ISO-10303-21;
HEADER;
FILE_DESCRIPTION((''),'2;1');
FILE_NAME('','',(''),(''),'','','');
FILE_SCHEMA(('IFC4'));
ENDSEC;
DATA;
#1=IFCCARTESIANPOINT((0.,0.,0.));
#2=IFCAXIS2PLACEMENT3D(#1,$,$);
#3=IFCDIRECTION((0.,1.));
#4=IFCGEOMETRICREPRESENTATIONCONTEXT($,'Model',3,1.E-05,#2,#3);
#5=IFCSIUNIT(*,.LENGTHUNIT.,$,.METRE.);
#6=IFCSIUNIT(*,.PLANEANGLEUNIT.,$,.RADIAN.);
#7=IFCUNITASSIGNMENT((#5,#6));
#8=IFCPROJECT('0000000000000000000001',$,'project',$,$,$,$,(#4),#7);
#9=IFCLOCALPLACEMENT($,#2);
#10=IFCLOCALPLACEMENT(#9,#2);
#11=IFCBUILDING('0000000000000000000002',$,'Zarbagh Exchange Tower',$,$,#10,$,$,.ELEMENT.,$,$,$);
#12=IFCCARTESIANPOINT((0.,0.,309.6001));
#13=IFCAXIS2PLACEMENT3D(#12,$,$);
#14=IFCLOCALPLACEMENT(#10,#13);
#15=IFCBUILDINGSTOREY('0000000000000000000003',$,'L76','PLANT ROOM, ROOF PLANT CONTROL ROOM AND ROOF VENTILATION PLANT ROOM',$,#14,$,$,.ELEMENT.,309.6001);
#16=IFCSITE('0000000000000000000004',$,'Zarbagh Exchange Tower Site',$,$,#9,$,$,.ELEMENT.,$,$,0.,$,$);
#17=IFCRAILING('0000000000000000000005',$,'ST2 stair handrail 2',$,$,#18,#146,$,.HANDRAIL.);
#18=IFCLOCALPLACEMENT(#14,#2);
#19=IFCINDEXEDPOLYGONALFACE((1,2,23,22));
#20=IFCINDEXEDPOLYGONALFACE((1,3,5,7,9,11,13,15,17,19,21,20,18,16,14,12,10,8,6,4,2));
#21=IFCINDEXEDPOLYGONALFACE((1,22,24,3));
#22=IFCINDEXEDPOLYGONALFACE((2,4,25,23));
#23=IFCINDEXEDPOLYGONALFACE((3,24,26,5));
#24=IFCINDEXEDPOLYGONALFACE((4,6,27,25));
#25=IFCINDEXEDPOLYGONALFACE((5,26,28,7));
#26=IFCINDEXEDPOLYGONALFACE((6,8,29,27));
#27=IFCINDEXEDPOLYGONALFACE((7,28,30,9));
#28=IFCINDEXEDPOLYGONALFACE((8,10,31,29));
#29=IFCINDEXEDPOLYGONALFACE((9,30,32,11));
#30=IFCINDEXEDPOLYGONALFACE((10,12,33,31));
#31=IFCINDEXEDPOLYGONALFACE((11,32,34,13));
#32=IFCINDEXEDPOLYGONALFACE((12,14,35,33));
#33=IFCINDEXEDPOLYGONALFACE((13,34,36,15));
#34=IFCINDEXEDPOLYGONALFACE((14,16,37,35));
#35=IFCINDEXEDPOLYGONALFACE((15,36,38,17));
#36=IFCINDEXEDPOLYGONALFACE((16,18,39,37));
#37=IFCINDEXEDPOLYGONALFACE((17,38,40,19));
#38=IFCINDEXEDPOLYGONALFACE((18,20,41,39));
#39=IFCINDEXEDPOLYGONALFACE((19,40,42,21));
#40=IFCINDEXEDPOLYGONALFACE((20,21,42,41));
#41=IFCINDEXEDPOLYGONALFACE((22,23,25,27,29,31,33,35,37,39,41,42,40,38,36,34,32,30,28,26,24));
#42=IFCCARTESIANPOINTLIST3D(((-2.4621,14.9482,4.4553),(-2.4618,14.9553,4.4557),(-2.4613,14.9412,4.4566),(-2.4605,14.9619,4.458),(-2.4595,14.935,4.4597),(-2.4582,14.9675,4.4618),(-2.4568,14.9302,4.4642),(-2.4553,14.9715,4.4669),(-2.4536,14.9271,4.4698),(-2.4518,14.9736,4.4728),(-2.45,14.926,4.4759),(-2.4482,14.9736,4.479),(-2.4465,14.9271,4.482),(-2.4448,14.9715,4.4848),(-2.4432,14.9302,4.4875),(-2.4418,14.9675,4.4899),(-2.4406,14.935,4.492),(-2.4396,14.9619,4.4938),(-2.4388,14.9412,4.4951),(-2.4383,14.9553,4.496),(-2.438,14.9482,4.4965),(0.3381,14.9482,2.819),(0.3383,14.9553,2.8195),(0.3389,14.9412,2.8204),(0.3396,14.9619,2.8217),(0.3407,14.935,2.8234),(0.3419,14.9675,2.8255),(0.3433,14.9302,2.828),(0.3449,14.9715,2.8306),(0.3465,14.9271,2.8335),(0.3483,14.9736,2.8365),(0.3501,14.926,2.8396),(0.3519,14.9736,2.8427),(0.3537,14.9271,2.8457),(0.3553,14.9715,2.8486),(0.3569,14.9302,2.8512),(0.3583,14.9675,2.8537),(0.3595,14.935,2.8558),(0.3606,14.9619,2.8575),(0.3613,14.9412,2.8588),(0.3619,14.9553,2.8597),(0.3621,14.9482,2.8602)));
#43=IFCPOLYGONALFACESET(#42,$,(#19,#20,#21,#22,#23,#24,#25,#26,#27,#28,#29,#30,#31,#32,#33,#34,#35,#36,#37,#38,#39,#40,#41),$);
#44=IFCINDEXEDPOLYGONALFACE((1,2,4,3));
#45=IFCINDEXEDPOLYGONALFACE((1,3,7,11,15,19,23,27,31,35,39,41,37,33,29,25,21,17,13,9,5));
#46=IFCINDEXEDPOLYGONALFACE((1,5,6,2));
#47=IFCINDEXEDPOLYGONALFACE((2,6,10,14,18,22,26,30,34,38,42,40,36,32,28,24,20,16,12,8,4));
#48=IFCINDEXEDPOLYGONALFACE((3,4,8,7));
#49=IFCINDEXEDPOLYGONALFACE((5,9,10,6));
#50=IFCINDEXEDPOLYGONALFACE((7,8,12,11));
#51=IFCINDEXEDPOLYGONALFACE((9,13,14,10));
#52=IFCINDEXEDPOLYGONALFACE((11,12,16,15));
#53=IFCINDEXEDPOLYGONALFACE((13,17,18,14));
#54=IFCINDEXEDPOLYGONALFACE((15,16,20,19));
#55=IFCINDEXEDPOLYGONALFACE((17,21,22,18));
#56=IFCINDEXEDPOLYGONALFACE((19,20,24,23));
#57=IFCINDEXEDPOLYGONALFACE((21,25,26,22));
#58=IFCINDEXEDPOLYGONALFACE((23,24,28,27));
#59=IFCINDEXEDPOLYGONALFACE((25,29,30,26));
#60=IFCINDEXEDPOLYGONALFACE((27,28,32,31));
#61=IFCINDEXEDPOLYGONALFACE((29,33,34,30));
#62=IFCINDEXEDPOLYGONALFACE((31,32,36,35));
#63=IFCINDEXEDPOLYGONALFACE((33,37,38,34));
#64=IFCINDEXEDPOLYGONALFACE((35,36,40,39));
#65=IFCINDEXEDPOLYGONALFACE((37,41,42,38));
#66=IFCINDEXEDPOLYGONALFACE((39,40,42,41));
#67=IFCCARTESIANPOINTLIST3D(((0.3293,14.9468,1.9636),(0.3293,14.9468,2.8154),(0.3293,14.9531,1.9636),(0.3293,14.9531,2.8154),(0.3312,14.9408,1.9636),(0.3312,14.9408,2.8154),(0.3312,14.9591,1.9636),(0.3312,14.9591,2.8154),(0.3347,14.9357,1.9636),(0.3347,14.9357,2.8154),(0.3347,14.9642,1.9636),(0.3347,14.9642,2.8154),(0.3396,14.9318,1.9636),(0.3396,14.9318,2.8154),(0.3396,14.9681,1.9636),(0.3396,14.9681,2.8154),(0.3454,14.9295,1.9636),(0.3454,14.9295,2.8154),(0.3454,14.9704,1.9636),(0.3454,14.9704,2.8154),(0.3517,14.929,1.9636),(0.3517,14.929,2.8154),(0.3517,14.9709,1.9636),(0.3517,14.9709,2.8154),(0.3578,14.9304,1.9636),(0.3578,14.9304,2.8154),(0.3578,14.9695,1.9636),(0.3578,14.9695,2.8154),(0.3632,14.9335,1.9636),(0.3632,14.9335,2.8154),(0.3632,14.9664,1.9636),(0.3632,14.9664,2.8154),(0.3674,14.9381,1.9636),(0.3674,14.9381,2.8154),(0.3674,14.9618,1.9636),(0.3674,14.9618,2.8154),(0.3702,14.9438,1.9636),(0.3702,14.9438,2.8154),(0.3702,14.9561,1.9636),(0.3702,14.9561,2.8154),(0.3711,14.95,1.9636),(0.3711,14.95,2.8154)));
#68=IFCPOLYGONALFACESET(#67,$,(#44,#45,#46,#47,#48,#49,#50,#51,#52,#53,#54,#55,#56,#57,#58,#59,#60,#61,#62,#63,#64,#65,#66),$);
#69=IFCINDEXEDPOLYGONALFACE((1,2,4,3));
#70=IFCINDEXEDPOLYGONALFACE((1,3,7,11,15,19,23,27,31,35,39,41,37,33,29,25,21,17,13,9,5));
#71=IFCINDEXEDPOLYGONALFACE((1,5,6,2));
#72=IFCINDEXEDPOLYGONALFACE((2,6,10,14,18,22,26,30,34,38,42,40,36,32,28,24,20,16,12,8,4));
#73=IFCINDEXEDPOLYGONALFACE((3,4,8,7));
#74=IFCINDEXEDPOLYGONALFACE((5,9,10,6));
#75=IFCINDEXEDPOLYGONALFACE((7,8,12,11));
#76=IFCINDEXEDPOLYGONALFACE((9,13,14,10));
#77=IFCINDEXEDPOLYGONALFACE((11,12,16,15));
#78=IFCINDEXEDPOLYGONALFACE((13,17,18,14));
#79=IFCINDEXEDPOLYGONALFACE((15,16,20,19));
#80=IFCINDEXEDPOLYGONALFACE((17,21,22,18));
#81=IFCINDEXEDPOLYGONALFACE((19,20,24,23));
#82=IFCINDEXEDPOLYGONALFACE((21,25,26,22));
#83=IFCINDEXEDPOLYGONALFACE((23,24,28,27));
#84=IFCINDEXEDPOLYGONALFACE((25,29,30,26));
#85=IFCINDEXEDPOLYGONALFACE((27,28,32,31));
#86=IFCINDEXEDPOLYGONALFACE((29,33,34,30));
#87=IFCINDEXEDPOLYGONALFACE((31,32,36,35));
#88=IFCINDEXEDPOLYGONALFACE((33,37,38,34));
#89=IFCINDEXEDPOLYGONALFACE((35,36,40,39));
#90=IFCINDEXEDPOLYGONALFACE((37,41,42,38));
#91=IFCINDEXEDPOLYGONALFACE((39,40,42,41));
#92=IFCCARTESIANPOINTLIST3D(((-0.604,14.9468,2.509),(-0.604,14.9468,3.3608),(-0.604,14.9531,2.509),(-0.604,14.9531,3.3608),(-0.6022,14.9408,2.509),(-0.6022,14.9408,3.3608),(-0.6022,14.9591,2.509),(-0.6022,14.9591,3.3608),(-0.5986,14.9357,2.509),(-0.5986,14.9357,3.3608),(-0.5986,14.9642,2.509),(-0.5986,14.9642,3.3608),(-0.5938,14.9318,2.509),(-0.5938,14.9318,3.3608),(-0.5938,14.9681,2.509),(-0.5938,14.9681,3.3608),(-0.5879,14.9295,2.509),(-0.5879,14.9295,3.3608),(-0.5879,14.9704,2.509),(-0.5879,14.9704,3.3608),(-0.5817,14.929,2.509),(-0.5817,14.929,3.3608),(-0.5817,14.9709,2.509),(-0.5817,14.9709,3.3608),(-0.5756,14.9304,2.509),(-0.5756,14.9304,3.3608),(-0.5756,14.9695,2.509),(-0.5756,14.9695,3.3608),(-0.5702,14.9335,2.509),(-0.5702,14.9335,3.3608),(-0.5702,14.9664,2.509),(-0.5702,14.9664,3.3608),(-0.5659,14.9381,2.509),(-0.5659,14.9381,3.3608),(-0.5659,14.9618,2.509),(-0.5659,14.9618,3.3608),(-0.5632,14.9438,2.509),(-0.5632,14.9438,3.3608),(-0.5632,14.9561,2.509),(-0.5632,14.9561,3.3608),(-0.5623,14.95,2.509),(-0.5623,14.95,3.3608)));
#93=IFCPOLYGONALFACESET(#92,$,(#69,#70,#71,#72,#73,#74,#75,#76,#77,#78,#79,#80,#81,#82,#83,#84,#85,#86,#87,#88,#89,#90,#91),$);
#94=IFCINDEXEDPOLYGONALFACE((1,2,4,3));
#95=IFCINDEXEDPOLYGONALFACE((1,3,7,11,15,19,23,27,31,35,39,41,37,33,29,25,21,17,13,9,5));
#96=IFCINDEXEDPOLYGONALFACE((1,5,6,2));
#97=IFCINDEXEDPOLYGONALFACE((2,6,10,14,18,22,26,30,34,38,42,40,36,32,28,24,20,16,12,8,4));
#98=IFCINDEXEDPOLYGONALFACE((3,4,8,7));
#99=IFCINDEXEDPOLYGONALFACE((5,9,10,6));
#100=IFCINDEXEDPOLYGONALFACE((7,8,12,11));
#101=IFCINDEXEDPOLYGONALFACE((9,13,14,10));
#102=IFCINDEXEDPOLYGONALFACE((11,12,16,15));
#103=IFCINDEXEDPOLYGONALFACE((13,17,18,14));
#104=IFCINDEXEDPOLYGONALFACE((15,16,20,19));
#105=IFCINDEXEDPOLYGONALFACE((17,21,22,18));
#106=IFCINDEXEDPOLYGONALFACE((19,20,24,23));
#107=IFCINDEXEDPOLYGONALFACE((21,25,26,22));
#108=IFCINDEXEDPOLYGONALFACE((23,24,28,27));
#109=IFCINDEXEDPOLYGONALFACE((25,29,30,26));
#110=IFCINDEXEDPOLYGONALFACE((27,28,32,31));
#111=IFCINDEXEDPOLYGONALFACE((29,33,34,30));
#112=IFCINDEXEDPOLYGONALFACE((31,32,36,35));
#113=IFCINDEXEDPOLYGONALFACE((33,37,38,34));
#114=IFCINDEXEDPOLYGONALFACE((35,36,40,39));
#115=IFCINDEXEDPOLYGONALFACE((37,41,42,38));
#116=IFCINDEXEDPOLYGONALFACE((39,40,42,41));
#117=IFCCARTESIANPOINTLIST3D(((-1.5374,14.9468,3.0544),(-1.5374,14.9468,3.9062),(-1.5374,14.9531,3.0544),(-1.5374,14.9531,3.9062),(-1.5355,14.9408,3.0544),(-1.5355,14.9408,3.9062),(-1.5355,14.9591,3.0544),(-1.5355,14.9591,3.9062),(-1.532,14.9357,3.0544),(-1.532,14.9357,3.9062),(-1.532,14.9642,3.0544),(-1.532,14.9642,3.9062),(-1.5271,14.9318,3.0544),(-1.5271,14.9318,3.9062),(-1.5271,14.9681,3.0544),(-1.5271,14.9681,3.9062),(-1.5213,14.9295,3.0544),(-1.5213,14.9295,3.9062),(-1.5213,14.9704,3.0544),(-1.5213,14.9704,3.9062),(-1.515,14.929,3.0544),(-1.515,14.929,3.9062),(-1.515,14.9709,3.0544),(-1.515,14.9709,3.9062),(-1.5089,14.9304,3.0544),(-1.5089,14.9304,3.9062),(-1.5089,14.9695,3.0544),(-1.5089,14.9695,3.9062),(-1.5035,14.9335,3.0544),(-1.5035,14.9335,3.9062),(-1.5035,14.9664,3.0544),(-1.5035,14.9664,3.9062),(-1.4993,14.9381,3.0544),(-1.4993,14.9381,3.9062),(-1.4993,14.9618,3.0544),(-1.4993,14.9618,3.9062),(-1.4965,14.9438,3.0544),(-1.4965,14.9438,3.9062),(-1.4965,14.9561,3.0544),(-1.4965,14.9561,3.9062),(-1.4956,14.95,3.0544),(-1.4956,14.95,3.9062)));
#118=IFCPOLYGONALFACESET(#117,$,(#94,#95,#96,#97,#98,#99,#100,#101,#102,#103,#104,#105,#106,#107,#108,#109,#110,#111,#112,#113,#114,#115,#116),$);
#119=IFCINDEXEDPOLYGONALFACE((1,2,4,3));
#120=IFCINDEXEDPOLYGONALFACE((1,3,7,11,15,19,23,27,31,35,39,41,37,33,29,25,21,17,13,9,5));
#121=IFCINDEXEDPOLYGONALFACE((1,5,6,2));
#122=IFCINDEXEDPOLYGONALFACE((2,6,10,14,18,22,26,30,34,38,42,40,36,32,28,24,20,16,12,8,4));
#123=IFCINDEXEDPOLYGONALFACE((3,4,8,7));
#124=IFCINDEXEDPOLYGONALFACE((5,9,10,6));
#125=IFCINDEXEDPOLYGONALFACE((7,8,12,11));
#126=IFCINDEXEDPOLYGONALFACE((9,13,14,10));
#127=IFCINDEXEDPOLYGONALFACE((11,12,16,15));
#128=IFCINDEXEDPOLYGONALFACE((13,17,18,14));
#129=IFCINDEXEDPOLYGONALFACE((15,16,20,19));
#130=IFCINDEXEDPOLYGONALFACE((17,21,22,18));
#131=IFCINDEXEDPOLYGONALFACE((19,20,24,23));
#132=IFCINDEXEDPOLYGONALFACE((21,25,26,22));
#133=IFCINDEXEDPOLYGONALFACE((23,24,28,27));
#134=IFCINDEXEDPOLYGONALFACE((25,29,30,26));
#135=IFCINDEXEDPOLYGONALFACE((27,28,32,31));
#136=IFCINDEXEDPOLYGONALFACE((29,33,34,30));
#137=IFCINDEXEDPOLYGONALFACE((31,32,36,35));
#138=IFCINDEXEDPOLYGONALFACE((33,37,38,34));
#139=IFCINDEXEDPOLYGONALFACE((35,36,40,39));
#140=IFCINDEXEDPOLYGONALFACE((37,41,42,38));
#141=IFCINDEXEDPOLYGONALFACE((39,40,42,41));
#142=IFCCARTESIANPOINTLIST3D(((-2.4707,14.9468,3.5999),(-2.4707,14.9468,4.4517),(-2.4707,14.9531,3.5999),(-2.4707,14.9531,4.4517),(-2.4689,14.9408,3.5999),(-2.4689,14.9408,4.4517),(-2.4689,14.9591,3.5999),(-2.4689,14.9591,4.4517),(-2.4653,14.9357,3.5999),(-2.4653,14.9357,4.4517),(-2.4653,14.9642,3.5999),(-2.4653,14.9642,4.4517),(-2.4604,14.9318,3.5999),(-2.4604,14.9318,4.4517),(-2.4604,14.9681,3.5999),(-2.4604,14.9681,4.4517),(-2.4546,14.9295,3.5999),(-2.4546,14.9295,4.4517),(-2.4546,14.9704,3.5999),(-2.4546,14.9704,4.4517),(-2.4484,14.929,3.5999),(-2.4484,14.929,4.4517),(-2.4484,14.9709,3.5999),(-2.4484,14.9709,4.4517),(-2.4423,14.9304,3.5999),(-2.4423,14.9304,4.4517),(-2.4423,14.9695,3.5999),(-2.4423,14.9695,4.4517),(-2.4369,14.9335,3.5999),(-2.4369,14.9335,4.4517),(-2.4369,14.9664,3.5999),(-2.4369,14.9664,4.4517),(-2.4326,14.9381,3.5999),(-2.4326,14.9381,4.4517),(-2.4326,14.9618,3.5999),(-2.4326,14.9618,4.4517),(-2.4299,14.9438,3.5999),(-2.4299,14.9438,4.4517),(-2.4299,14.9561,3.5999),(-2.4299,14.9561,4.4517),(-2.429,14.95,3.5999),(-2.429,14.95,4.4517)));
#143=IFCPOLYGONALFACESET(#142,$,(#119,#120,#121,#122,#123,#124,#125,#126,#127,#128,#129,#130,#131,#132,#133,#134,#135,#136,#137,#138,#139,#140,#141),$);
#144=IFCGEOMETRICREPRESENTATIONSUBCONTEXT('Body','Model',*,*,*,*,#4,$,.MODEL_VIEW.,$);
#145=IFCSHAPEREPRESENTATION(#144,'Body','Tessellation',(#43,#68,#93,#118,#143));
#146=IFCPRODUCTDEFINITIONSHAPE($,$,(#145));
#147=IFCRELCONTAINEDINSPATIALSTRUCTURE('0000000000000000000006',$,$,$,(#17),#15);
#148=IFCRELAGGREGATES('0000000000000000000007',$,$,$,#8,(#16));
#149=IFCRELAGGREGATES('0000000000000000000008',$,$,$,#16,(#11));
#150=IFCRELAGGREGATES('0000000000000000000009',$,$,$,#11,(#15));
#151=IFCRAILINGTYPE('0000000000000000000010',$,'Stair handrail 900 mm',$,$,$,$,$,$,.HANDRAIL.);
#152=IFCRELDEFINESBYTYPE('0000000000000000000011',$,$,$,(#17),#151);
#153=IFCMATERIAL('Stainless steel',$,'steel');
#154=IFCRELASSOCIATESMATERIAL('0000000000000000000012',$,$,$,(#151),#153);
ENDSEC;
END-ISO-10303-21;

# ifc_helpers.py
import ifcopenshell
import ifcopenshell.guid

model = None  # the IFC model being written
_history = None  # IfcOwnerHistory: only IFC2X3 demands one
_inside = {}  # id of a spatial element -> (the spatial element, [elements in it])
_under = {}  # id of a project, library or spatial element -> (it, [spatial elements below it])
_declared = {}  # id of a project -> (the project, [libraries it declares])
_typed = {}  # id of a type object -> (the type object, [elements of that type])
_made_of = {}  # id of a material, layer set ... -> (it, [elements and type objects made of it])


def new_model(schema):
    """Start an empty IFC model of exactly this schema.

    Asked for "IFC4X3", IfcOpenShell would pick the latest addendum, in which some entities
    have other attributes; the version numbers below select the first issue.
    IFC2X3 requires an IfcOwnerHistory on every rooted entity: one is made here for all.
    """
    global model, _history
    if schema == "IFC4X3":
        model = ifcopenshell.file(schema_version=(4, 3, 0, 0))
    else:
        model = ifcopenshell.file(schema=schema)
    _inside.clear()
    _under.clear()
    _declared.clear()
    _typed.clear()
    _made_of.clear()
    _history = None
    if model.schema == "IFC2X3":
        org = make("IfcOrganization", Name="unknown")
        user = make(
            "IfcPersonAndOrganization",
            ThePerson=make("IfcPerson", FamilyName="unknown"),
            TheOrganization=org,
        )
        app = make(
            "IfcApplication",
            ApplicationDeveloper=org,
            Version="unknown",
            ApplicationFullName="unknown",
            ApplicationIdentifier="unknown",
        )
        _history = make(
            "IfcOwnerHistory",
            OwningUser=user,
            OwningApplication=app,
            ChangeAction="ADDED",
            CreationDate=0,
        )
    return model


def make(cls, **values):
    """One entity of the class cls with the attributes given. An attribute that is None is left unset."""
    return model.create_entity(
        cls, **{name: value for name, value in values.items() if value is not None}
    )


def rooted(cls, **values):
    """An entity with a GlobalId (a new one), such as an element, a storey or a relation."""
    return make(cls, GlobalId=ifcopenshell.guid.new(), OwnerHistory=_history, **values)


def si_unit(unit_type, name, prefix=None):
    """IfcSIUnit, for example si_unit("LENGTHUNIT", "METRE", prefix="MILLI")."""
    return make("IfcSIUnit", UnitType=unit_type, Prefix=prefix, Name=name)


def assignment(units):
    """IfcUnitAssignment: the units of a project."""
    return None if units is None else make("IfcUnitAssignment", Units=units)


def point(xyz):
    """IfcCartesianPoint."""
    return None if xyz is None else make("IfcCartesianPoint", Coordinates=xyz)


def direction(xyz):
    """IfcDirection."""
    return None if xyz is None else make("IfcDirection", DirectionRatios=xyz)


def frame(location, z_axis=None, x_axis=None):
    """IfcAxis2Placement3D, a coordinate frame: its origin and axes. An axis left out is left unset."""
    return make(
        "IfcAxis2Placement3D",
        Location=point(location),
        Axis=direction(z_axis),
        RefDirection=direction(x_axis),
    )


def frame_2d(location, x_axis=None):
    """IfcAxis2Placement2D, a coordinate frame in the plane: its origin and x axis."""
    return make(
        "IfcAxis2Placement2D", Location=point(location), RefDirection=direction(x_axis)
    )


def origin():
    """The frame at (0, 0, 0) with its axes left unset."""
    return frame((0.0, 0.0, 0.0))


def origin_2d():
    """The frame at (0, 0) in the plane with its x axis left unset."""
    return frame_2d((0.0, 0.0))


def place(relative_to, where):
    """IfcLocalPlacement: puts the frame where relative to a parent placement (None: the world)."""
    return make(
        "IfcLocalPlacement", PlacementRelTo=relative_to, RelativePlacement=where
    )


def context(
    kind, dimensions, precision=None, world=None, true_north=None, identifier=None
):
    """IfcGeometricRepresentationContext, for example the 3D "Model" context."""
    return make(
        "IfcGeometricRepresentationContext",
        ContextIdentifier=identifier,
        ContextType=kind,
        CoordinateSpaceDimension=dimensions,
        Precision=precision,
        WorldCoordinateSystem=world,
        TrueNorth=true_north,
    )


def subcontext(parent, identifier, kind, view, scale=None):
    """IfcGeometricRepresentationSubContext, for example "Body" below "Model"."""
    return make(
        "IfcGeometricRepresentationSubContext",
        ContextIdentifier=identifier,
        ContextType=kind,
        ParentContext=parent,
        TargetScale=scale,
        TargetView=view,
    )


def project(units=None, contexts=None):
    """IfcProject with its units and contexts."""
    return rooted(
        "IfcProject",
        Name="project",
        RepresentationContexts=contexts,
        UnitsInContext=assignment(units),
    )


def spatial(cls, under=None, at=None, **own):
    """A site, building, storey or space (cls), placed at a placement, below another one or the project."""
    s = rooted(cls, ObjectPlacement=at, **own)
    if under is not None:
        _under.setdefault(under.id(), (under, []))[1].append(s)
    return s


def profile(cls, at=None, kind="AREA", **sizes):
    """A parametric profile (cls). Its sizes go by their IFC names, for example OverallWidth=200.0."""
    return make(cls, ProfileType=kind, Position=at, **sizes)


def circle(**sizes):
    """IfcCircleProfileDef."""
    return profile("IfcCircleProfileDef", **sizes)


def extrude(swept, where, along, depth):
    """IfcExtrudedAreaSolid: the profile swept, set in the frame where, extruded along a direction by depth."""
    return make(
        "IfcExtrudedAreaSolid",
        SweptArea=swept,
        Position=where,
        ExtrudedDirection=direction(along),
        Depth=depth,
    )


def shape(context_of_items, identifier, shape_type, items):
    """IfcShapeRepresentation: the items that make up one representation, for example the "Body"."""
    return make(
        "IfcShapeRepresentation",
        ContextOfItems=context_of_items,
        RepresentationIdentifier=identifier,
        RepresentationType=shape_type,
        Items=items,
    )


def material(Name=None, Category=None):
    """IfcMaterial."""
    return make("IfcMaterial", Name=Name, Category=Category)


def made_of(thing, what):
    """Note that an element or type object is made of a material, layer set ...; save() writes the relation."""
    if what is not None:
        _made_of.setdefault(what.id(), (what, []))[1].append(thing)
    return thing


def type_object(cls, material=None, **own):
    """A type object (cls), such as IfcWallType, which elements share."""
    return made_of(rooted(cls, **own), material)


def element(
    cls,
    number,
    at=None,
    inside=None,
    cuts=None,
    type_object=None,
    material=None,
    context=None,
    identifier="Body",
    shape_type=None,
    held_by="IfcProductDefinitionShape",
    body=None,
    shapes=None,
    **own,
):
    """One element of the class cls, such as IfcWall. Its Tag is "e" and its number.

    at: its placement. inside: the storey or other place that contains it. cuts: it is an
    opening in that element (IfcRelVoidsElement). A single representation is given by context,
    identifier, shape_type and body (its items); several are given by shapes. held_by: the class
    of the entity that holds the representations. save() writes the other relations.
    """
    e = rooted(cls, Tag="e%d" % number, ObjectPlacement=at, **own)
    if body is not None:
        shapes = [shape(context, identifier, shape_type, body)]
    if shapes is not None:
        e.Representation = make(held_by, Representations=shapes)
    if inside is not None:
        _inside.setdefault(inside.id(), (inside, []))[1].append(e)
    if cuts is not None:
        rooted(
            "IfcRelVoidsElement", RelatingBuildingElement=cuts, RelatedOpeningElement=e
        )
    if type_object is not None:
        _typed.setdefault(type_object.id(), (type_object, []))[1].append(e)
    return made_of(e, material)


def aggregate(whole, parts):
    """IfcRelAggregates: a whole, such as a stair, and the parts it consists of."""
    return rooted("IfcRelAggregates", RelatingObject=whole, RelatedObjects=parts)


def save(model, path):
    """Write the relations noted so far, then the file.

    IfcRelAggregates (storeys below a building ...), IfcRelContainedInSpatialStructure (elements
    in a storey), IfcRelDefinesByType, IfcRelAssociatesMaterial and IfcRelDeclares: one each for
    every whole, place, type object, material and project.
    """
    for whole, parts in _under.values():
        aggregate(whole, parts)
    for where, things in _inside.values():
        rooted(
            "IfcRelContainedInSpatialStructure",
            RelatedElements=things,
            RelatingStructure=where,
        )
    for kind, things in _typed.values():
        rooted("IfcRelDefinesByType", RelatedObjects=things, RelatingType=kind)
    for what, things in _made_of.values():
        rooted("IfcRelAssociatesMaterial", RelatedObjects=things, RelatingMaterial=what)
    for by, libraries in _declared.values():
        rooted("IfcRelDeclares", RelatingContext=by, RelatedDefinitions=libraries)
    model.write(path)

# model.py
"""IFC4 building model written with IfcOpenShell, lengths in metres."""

from ifc_helpers import new_model, si_unit, direction, frame, origin, origin_2d, place, context, subcontext, project, spatial, circle, extrude, material, type_object, element, save


model = new_model("IFC4")

# Units and contexts
model_context = context("Model", 3, precision=1e-05, world=origin(), true_north=direction((0.0, 1.0)))
body_context = subcontext(model_context, "Body", "Model", "MODEL_VIEW")
ifc_project = project(units=[si_unit("LENGTHUNIT", "METRE"), si_unit("PLANEANGLEUNIT", "RADIAN")], contexts=[model_context])

# Site, building, storey
site_placement = place(None, origin())
site = spatial("IfcSite", under=ifc_project, at=site_placement, Name="Zarbagh Exchange Tower Site", CompositionType="ELEMENT", RefElevation=0.0)
building_placement = place(site_placement, origin())
building = spatial("IfcBuilding", under=site, at=building_placement, Name="Zarbagh Exchange Tower", CompositionType="ELEMENT")
storey_placement = place(building_placement, frame((0.0, 0.0, 309.6001)))
storey = spatial("IfcBuildingStorey", under=building, at=storey_placement, Name="L76", Description="PLANT ROOM, ROOF PLANT CONTROL ROOM AND ROOF VENTILATION PLANT ROOM", CompositionType="ELEMENT", Elevation=309.6001)

# Railing
ifc_material_1 = material(Name="Stainless steel", Category="steel")
railing_type_1 = type_object("IfcRailingType", Name="Stair handrail 900 mm", PredefinedType="HANDRAIL", material=ifc_material_1)
railing_1_placement = place(storey_placement, frame((0.3501, 14.95, 1.9636)))
element("IfcRailing", 1, at=railing_1_placement, inside=storey, type_object=railing_type_1, Name="ST2 stair handrail 2", PredefinedType="HANDRAIL", context=body_context, shape_type="SweptSolid", body=[
    extrude(circle(Radius=0.0239, at=origin_2d()), frame((0.0, 0.0, 0.876), z_axis=(-0.863394, 0.0, 0.504531), x_axis=(0.0, -1.0, 0.0)), (0.0, 0.0, 1.0), 3.2432),
    extrude(circle(Radius=0.021, at=origin_2d()), origin(), (0.0, 0.0, 1.0), 0.8518),
    extrude(circle(Radius=0.021, at=origin_2d()), frame((-0.9333, 0.0, 0.5454)), (0.0, 0.0, 1.0), 0.8518),
    extrude(circle(Radius=0.021, at=origin_2d()), frame((-1.8667, 0.0, 1.0908)), (0.0, 0.0, 1.0), 0.8518),
    extrude(circle(Radius=0.021, at=origin_2d()), frame((-2.8, 0.0, 1.6362)), (0.0, 0.0, 1.0), 0.8518),
])

save(model, "model.ifc")
